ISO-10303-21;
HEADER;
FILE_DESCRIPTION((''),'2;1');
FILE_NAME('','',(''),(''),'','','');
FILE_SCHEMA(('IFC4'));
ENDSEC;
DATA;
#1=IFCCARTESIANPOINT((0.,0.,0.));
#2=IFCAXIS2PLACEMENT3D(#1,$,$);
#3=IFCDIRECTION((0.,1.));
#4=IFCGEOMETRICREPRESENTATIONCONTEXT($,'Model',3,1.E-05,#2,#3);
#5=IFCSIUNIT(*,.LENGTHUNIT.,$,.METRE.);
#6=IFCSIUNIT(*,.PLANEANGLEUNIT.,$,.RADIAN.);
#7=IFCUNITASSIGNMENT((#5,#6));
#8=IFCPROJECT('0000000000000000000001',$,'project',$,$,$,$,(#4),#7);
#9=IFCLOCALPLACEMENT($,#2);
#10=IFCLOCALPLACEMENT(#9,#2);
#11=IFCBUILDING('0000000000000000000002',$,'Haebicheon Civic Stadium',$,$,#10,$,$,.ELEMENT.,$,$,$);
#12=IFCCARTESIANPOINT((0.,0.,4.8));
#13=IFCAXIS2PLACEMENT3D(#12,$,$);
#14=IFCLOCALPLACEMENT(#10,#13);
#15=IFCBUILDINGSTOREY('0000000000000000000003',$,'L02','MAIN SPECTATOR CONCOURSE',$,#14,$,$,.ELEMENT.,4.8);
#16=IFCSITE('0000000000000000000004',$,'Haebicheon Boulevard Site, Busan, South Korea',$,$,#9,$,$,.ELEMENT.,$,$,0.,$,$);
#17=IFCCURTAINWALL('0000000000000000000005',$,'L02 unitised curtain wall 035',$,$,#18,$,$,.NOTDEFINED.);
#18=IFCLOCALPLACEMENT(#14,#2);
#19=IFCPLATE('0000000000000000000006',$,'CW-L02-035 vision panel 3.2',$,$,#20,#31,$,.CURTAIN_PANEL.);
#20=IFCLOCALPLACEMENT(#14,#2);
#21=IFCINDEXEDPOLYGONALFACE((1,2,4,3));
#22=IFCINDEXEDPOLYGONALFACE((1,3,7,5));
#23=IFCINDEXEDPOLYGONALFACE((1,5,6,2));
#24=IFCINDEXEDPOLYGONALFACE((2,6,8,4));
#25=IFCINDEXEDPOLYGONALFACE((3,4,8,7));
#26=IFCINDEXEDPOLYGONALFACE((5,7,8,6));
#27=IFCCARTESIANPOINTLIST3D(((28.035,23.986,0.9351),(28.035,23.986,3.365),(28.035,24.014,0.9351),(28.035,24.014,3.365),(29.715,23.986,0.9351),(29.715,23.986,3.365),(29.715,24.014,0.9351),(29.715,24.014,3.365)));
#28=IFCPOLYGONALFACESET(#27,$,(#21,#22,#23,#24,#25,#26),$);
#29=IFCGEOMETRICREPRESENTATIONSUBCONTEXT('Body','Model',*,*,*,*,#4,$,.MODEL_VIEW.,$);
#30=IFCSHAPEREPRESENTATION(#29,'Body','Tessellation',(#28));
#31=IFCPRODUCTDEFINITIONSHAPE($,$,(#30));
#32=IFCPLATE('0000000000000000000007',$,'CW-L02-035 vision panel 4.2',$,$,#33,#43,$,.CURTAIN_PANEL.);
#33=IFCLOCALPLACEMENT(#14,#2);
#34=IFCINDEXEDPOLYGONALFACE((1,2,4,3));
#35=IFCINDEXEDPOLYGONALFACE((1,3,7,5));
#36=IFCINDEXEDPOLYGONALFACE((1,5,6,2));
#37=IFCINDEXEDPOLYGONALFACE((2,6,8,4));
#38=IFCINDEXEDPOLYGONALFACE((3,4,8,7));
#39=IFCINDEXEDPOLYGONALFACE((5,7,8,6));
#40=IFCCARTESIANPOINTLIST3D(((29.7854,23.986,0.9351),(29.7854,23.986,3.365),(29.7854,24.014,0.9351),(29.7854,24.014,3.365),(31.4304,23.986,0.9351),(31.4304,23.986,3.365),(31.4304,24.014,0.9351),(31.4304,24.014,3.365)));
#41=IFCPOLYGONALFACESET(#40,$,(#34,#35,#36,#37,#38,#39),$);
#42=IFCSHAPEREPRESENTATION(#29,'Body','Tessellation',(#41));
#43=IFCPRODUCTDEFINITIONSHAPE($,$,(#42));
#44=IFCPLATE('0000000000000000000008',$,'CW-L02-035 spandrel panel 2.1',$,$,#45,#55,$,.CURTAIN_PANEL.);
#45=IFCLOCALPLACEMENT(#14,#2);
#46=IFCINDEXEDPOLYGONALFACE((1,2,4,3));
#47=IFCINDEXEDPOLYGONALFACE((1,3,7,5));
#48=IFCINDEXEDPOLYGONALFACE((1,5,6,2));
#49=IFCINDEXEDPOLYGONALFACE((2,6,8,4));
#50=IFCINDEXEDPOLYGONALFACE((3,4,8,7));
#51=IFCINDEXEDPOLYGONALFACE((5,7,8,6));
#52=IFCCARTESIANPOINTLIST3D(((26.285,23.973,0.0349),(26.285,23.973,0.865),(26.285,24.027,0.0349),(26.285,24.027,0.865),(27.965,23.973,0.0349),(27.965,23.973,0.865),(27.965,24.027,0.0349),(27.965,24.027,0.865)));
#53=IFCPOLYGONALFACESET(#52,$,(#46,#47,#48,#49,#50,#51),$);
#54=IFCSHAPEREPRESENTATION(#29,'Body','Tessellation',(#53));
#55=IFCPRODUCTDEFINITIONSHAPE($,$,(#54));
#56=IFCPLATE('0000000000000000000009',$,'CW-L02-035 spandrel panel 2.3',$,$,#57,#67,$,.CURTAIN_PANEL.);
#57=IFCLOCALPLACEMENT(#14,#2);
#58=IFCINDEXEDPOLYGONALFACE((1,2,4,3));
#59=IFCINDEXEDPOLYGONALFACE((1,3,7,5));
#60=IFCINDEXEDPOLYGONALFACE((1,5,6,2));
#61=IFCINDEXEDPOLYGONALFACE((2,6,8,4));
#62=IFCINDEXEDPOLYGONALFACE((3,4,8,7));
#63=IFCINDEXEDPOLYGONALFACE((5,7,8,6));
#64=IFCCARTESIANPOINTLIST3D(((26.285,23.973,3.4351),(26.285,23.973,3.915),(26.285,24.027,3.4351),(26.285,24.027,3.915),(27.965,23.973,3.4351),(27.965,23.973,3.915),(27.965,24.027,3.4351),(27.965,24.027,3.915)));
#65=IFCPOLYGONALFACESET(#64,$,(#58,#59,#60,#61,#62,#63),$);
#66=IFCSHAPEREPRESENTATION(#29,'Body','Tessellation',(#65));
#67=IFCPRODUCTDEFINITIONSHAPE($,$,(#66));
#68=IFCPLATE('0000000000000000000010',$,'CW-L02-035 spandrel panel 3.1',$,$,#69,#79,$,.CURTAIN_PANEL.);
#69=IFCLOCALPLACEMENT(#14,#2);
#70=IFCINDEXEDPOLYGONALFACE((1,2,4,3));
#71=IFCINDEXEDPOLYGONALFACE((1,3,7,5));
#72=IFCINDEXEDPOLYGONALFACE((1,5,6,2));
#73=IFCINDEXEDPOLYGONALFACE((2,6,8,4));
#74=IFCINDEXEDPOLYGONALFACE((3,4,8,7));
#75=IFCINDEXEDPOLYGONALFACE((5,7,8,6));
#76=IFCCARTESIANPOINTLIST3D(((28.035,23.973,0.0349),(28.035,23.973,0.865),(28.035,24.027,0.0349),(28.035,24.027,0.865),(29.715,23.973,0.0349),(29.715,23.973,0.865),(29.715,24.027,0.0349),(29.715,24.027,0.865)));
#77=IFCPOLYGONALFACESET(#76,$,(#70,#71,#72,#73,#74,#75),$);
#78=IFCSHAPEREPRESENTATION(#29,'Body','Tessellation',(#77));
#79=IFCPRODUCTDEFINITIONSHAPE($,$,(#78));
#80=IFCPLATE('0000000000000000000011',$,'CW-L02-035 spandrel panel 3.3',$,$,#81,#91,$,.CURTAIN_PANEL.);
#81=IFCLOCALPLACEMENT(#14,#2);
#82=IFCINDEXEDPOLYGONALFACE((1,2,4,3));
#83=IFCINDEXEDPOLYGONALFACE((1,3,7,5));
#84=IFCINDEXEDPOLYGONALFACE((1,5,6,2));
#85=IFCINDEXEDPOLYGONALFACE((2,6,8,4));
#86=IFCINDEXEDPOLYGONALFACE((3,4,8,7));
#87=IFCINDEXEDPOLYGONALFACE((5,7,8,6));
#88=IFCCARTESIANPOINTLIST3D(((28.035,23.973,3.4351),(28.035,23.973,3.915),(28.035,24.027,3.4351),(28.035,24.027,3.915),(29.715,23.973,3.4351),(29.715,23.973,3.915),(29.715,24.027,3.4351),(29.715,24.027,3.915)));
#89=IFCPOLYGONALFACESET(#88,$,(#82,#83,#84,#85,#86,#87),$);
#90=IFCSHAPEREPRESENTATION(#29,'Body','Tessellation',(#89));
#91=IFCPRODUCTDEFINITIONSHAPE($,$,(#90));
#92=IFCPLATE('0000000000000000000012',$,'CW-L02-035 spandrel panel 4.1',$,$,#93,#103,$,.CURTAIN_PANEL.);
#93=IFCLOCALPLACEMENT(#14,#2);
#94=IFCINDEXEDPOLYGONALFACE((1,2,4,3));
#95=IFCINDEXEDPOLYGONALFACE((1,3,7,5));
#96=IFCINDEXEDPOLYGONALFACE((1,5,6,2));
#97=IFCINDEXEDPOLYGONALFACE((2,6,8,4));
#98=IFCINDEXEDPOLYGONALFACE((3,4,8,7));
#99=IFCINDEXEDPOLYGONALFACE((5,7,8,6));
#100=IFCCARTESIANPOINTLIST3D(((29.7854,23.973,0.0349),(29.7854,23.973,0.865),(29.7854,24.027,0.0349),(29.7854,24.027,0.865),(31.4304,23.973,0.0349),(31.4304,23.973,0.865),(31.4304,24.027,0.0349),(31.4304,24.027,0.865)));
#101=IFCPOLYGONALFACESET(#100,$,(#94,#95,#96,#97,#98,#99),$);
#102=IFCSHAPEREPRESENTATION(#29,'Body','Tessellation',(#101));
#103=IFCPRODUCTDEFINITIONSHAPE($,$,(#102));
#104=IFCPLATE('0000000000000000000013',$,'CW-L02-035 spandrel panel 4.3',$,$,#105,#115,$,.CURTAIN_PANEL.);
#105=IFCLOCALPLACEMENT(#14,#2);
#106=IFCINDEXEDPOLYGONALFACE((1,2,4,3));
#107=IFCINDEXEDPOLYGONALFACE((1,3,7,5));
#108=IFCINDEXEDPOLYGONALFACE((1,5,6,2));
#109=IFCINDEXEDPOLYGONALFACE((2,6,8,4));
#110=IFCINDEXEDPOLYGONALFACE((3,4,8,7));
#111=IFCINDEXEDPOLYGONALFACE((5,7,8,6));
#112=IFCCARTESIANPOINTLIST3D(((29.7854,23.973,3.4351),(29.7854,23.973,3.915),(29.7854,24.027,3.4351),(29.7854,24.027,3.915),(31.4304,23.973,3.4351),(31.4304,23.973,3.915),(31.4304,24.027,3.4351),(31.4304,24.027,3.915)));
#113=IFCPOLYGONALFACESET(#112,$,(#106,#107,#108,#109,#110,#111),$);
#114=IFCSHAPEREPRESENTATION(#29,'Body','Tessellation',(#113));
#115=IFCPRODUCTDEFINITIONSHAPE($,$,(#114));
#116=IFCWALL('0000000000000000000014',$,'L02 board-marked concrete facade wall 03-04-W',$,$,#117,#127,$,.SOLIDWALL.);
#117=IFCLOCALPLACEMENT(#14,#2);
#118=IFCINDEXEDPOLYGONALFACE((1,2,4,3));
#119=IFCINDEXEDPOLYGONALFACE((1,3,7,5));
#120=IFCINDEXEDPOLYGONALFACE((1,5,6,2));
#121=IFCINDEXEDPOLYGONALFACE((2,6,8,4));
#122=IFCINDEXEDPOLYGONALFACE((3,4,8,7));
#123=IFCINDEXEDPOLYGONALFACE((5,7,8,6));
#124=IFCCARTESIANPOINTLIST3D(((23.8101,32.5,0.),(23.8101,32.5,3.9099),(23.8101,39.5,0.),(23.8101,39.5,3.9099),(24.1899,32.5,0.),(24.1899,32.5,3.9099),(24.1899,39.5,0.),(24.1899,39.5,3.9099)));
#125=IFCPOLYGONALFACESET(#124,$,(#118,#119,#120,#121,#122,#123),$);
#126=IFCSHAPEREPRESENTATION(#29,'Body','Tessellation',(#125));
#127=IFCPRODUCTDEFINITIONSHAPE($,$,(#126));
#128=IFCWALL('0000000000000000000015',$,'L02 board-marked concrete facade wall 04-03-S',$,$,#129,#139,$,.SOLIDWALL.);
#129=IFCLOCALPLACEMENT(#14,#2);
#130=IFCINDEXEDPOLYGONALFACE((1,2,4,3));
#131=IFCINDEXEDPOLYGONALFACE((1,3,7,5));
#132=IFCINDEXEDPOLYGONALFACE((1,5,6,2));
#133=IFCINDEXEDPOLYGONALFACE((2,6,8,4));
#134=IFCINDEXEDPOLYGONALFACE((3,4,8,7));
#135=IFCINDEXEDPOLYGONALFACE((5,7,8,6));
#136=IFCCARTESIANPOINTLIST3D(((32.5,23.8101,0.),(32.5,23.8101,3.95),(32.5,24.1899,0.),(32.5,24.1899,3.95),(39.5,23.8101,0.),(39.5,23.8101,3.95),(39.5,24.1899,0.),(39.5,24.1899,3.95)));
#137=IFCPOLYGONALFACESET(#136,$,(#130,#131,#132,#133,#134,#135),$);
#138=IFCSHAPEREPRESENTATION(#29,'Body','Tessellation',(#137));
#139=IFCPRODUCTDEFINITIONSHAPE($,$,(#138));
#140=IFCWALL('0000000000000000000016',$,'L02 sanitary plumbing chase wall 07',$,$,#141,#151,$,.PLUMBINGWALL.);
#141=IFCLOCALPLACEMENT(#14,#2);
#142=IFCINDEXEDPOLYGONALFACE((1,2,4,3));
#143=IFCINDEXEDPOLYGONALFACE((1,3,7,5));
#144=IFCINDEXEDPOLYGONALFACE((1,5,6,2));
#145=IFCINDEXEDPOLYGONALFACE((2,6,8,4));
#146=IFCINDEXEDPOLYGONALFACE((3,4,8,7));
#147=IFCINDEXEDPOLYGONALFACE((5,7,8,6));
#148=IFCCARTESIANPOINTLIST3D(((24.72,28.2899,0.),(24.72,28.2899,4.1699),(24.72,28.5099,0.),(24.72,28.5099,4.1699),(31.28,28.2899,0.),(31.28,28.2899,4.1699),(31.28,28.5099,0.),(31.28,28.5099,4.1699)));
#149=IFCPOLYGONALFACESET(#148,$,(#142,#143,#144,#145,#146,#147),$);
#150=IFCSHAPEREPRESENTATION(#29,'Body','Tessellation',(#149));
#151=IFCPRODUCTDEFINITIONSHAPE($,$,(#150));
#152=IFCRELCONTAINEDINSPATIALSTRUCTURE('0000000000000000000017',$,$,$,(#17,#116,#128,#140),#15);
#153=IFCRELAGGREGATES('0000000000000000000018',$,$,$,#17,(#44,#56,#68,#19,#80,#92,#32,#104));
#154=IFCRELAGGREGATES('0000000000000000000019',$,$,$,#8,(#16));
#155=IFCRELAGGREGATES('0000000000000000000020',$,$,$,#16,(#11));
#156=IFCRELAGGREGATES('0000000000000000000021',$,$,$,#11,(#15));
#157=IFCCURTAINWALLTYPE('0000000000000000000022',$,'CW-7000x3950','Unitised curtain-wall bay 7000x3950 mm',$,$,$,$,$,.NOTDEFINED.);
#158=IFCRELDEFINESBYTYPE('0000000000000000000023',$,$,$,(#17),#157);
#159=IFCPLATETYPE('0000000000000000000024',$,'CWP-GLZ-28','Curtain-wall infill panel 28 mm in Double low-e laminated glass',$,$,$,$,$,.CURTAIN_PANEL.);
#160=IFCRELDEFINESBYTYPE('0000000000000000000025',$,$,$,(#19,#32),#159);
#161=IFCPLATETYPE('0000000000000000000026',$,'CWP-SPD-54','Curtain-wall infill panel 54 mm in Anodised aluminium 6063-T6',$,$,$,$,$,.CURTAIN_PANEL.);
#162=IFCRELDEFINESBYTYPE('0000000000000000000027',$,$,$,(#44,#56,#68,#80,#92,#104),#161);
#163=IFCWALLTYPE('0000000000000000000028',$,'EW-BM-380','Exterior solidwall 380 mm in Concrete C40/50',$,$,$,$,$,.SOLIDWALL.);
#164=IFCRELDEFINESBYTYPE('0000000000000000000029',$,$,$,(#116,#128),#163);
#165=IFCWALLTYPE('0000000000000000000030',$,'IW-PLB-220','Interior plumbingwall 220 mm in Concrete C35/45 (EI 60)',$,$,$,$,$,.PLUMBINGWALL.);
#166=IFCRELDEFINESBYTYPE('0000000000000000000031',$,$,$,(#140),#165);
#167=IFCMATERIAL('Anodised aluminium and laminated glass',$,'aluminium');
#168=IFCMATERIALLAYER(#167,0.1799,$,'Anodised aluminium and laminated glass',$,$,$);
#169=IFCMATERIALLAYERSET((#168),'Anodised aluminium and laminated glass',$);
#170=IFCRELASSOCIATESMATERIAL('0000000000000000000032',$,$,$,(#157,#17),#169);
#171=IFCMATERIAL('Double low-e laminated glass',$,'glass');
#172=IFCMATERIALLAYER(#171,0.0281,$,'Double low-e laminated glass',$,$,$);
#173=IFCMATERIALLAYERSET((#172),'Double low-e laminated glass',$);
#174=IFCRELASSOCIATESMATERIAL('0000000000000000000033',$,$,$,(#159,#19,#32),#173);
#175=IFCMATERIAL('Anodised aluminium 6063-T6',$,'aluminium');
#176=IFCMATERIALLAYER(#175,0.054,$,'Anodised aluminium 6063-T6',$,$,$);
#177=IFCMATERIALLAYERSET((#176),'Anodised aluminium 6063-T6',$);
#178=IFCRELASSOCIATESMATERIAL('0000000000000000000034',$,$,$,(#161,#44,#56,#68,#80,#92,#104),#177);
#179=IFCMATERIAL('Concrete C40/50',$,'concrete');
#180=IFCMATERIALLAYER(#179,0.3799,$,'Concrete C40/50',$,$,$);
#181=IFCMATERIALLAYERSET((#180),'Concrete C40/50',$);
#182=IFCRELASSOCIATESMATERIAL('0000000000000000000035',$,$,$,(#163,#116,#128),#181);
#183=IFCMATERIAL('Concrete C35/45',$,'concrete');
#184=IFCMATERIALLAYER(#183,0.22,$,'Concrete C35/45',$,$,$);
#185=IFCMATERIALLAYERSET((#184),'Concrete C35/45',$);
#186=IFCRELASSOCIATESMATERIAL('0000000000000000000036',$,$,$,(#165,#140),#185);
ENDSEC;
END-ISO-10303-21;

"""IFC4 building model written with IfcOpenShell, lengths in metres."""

from ifc_helpers import new_model, si_unit, direction, frame, frame_2d, origin, origin_2d, place, context, subcontext, project, spatial, rectangle, extrude, material, layer, layer_set, type_object, element, aggregate, save


model = new_model("IFC4")

# Units and contexts
model_context = context("Model", 3, precision=1e-05, world=origin(), true_north=direction((0.0, 1.0)))
body_context = subcontext(model_context, "Body", "Model", "MODEL_VIEW")
ifc_project = project(units=[si_unit("LENGTHUNIT", "METRE"), si_unit("PLANEANGLEUNIT", "RADIAN")], contexts=[model_context])

# Site, building, storey
site_placement = place(None, origin())
site = spatial("IfcSite", under=ifc_project, at=site_placement, Name="Haebicheon Boulevard Site, Busan, South Korea", CompositionType="ELEMENT", RefElevation=0.0)
building_placement = place(site_placement, origin())
building = spatial("IfcBuilding", under=site, at=building_placement, Name="Haebicheon Civic Stadium", CompositionType="ELEMENT")
storey_placement = place(building_placement, frame((0.0, 0.0, 4.8)))
storey = spatial("IfcBuildingStorey", under=building, at=storey_placement, Name="L02", Description="MAIN SPECTATOR CONCOURSE", CompositionType="ELEMENT", Elevation=4.8)

# Curtain wall
ifc_material_1 = material(Name="Anodised aluminium and laminated glass", Category="aluminium")
ifc_layer_1 = layer(ifc_material_1, 0.1799, Name="Anodised aluminium and laminated glass")
ifc_layer_set_1 = layer_set([ifc_layer_1], Name="Anodised aluminium and laminated glass")
curtain_wall_type = type_object("IfcCurtainWallType", Name="CW-7000x3950", Description="Unitised curtain-wall bay 7000x3950 mm", PredefinedType="NOTDEFINED", material=ifc_layer_set_1)
curtain_wall_placement = place(storey_placement, origin())
curtain_wall = element("IfcCurtainWall", 1, at=curtain_wall_placement, inside=storey, type_object=curtain_wall_type, material=ifc_layer_set_1, Name="L02 unitised curtain wall 035", PredefinedType="NOTDEFINED")

# Plates
ifc_material_2 = material(Name="Double low-e laminated glass", Category="glass")
ifc_layer_2 = layer(ifc_material_2, 0.0281, Name="Double low-e laminated glass")
ifc_layer_set_2 = layer_set([ifc_layer_2], Name="Double low-e laminated glass")
plate_type_1 = type_object("IfcPlateType", Name="CWP-GLZ-28", Description="Curtain-wall infill panel 28 mm in Double low-e laminated glass", PredefinedType="CURTAIN_PANEL", material=ifc_layer_set_2)
plate_1_placement = place(storey_placement, frame((28.875, 24.0, 0.9351), z_axis=(0.0, 0.0, 1.0), x_axis=(1.0, 0.0, 0.0)))
plate_1 = element("IfcPlate", 2, at=plate_1_placement, type_object=plate_type_1, material=ifc_layer_set_2, Name="CW-L02-035 vision panel 3.2", PredefinedType="CURTAIN_PANEL", context=body_context, shape_type="SweptSolid", body=[
    extrude(rectangle(XDim=1.6799, YDim=0.0281, at=origin_2d()), origin(), (0.0, 0.0, 1.0), 2.4299),
])
plate_2_placement = place(storey_placement, frame((30.6079, 24.0, 0.9351), z_axis=(0.0, 0.0, 1.0), x_axis=(1.0, 0.0, 0.0)))
plate_2 = element("IfcPlate", 3, at=plate_2_placement, type_object=plate_type_1, material=ifc_layer_set_2, Name="CW-L02-035 vision panel 4.2", PredefinedType="CURTAIN_PANEL", context=body_context, shape_type="SweptSolid", body=[
    extrude(rectangle(XDim=1.645, YDim=0.0281, at=origin_2d()), origin(), (0.0, 0.0, 1.0), 2.4299),
])
ifc_material_3 = material(Name="Anodised aluminium 6063-T6", Category="aluminium")
ifc_layer_3 = layer(ifc_material_3, 0.054, Name="Anodised aluminium 6063-T6")
ifc_layer_set_3 = layer_set([ifc_layer_3], Name="Anodised aluminium 6063-T6")
plate_type_2 = type_object("IfcPlateType", Name="CWP-SPD-54", Description="Curtain-wall infill panel 54 mm in Anodised aluminium 6063-T6", PredefinedType="CURTAIN_PANEL", material=ifc_layer_set_3)
plate_3_placement = place(storey_placement, frame((27.125, 24.0, 0.0349), z_axis=(0.0, 0.0, 1.0), x_axis=(1.0, 0.0, 0.0)))
plate_3 = element("IfcPlate", 4, at=plate_3_placement, type_object=plate_type_2, material=ifc_layer_set_3, Name="CW-L02-035 spandrel panel 2.1", PredefinedType="CURTAIN_PANEL", context=body_context, shape_type="SweptSolid", body=[
    extrude(rectangle(XDim=1.6799, YDim=0.054, at=origin_2d()), origin(), (0.0, 0.0, 1.0), 0.8301),
])
plate_4_placement = place(storey_placement, frame((27.125, 24.0, 3.4351), z_axis=(0.0, 0.0, 1.0), x_axis=(1.0, 0.0, 0.0)))
plate_4 = element("IfcPlate", 5, at=plate_4_placement, type_object=plate_type_2, material=ifc_layer_set_3, Name="CW-L02-035 spandrel panel 2.3", PredefinedType="CURTAIN_PANEL", context=body_context, shape_type="SweptSolid", body=[
    extrude(rectangle(XDim=1.6799, YDim=0.054, at=origin_2d()), origin(), (0.0, 0.0, 1.0), 0.48),
])
plate_5_placement = place(storey_placement, frame((28.875, 24.0, 0.0349), z_axis=(0.0, 0.0, 1.0), x_axis=(1.0, 0.0, 0.0)))
plate_5 = element("IfcPlate", 6, at=plate_5_placement, type_object=plate_type_2, material=ifc_layer_set_3, Name="CW-L02-035 spandrel panel 3.1", PredefinedType="CURTAIN_PANEL", context=body_context, shape_type="SweptSolid", body=[
    extrude(rectangle(XDim=1.6799, YDim=0.054, at=origin_2d()), origin(), (0.0, 0.0, 1.0), 0.8301),
])
plate_6_placement = place(storey_placement, frame((28.875, 24.0, 3.4351), z_axis=(0.0, 0.0, 1.0), x_axis=(1.0, 0.0, 0.0)))
plate_6 = element("IfcPlate", 7, at=plate_6_placement, type_object=plate_type_2, material=ifc_layer_set_3, Name="CW-L02-035 spandrel panel 3.3", PredefinedType="CURTAIN_PANEL", context=body_context, shape_type="SweptSolid", body=[
    extrude(rectangle(XDim=1.6799, YDim=0.054, at=origin_2d()), origin(), (0.0, 0.0, 1.0), 0.48),
])
plate_7_placement = place(storey_placement, frame((30.6079, 24.0, 0.0349), z_axis=(0.0, 0.0, 1.0), x_axis=(1.0, 0.0, 0.0)))
plate_7 = element("IfcPlate", 8, at=plate_7_placement, type_object=plate_type_2, material=ifc_layer_set_3, Name="CW-L02-035 spandrel panel 4.1", PredefinedType="CURTAIN_PANEL", context=body_context, shape_type="SweptSolid", body=[
    extrude(rectangle(XDim=1.645, YDim=0.054, at=origin_2d()), origin(), (0.0, 0.0, 1.0), 0.8301),
])
plate_8_placement = place(storey_placement, frame((30.6079, 24.0, 3.4351), z_axis=(0.0, 0.0, 1.0), x_axis=(1.0, 0.0, 0.0)))
plate_8 = element("IfcPlate", 9, at=plate_8_placement, type_object=plate_type_2, material=ifc_layer_set_3, Name="CW-L02-035 spandrel panel 4.3", PredefinedType="CURTAIN_PANEL", context=body_context, shape_type="SweptSolid", body=[
    extrude(rectangle(XDim=1.645, YDim=0.054, at=origin_2d()), origin(), (0.0, 0.0, 1.0), 0.48),
])
aggregate(curtain_wall, [plate_3, plate_4, plate_5, plate_1, plate_6, plate_7, plate_2, plate_8])

# Walls
ifc_material_4 = material(Name="Concrete C40/50", Category="concrete")
ifc_layer_4 = layer(ifc_material_4, 0.3799, Name="Concrete C40/50")
ifc_layer_set_4 = layer_set([ifc_layer_4], Name="Concrete C40/50")
wall_type_1 = type_object("IfcWallType", Name="EW-BM-380", Description="Exterior solidwall 380 mm in Concrete C40/50", PredefinedType="SOLIDWALL", material=ifc_layer_set_4)
wall_1_placement = place(storey_placement, frame((24.0, 32.5, 0.0), z_axis=(0.0, 0.0, 1.0), x_axis=(0.0, 1.0, 0.0)))
element("IfcWall", 10, at=wall_1_placement, inside=storey, type_object=wall_type_1, material=ifc_layer_set_4, Name="L02 board-marked concrete facade wall 03-04-W", PredefinedType="SOLIDWALL", context=body_context, shape_type="SweptSolid", body=[
    extrude(rectangle(XDim=7.0, YDim=0.3799, at=frame_2d((3.5, 0.0))), origin(), (0.0, 0.0, 1.0), 3.9099),
])
wall_2_placement = place(storey_placement, frame((32.5, 24.0, 0.0), z_axis=(0.0, 0.0, 1.0), x_axis=(1.0, 0.0, 0.0)))
element("IfcWall", 11, at=wall_2_placement, inside=storey, type_object=wall_type_1, material=ifc_layer_set_4, Name="L02 board-marked concrete facade wall 04-03-S", PredefinedType="SOLIDWALL", context=body_context, shape_type="SweptSolid", body=[
    extrude(rectangle(XDim=7.0, YDim=0.3799, at=frame_2d((3.5, 0.0))), origin(), (0.0, 0.0, 1.0), 3.95),
])
ifc_material_5 = material(Name="Concrete C35/45", Category="concrete")
ifc_layer_5 = layer(ifc_material_5, 0.22, Name="Concrete C35/45")
ifc_layer_set_5 = layer_set([ifc_layer_5], Name="Concrete C35/45")
wall_type_2 = type_object("IfcWallType", Name="IW-PLB-220", Description="Interior plumbingwall 220 mm in Concrete C35/45 (EI 60)", PredefinedType="PLUMBINGWALL", material=ifc_layer_set_5)
wall_3_placement = place(storey_placement, frame((24.72, 28.3999, 0.0), z_axis=(0.0, 0.0, 1.0), x_axis=(1.0, 0.0, 0.0)))
element("IfcWall", 12, at=wall_3_placement, inside=storey, type_object=wall_type_2, material=ifc_layer_set_5, Name="L02 sanitary plumbing chase wall 07", PredefinedType="PLUMBINGWALL", context=body_context, shape_type="SweptSolid", body=[
    extrude(rectangle(XDim=6.5601, YDim=0.22, at=frame_2d((3.28, 0.0))), origin(), (0.0, 0.0, 1.0), 4.1699),
])

save(model, "model.ifc")
